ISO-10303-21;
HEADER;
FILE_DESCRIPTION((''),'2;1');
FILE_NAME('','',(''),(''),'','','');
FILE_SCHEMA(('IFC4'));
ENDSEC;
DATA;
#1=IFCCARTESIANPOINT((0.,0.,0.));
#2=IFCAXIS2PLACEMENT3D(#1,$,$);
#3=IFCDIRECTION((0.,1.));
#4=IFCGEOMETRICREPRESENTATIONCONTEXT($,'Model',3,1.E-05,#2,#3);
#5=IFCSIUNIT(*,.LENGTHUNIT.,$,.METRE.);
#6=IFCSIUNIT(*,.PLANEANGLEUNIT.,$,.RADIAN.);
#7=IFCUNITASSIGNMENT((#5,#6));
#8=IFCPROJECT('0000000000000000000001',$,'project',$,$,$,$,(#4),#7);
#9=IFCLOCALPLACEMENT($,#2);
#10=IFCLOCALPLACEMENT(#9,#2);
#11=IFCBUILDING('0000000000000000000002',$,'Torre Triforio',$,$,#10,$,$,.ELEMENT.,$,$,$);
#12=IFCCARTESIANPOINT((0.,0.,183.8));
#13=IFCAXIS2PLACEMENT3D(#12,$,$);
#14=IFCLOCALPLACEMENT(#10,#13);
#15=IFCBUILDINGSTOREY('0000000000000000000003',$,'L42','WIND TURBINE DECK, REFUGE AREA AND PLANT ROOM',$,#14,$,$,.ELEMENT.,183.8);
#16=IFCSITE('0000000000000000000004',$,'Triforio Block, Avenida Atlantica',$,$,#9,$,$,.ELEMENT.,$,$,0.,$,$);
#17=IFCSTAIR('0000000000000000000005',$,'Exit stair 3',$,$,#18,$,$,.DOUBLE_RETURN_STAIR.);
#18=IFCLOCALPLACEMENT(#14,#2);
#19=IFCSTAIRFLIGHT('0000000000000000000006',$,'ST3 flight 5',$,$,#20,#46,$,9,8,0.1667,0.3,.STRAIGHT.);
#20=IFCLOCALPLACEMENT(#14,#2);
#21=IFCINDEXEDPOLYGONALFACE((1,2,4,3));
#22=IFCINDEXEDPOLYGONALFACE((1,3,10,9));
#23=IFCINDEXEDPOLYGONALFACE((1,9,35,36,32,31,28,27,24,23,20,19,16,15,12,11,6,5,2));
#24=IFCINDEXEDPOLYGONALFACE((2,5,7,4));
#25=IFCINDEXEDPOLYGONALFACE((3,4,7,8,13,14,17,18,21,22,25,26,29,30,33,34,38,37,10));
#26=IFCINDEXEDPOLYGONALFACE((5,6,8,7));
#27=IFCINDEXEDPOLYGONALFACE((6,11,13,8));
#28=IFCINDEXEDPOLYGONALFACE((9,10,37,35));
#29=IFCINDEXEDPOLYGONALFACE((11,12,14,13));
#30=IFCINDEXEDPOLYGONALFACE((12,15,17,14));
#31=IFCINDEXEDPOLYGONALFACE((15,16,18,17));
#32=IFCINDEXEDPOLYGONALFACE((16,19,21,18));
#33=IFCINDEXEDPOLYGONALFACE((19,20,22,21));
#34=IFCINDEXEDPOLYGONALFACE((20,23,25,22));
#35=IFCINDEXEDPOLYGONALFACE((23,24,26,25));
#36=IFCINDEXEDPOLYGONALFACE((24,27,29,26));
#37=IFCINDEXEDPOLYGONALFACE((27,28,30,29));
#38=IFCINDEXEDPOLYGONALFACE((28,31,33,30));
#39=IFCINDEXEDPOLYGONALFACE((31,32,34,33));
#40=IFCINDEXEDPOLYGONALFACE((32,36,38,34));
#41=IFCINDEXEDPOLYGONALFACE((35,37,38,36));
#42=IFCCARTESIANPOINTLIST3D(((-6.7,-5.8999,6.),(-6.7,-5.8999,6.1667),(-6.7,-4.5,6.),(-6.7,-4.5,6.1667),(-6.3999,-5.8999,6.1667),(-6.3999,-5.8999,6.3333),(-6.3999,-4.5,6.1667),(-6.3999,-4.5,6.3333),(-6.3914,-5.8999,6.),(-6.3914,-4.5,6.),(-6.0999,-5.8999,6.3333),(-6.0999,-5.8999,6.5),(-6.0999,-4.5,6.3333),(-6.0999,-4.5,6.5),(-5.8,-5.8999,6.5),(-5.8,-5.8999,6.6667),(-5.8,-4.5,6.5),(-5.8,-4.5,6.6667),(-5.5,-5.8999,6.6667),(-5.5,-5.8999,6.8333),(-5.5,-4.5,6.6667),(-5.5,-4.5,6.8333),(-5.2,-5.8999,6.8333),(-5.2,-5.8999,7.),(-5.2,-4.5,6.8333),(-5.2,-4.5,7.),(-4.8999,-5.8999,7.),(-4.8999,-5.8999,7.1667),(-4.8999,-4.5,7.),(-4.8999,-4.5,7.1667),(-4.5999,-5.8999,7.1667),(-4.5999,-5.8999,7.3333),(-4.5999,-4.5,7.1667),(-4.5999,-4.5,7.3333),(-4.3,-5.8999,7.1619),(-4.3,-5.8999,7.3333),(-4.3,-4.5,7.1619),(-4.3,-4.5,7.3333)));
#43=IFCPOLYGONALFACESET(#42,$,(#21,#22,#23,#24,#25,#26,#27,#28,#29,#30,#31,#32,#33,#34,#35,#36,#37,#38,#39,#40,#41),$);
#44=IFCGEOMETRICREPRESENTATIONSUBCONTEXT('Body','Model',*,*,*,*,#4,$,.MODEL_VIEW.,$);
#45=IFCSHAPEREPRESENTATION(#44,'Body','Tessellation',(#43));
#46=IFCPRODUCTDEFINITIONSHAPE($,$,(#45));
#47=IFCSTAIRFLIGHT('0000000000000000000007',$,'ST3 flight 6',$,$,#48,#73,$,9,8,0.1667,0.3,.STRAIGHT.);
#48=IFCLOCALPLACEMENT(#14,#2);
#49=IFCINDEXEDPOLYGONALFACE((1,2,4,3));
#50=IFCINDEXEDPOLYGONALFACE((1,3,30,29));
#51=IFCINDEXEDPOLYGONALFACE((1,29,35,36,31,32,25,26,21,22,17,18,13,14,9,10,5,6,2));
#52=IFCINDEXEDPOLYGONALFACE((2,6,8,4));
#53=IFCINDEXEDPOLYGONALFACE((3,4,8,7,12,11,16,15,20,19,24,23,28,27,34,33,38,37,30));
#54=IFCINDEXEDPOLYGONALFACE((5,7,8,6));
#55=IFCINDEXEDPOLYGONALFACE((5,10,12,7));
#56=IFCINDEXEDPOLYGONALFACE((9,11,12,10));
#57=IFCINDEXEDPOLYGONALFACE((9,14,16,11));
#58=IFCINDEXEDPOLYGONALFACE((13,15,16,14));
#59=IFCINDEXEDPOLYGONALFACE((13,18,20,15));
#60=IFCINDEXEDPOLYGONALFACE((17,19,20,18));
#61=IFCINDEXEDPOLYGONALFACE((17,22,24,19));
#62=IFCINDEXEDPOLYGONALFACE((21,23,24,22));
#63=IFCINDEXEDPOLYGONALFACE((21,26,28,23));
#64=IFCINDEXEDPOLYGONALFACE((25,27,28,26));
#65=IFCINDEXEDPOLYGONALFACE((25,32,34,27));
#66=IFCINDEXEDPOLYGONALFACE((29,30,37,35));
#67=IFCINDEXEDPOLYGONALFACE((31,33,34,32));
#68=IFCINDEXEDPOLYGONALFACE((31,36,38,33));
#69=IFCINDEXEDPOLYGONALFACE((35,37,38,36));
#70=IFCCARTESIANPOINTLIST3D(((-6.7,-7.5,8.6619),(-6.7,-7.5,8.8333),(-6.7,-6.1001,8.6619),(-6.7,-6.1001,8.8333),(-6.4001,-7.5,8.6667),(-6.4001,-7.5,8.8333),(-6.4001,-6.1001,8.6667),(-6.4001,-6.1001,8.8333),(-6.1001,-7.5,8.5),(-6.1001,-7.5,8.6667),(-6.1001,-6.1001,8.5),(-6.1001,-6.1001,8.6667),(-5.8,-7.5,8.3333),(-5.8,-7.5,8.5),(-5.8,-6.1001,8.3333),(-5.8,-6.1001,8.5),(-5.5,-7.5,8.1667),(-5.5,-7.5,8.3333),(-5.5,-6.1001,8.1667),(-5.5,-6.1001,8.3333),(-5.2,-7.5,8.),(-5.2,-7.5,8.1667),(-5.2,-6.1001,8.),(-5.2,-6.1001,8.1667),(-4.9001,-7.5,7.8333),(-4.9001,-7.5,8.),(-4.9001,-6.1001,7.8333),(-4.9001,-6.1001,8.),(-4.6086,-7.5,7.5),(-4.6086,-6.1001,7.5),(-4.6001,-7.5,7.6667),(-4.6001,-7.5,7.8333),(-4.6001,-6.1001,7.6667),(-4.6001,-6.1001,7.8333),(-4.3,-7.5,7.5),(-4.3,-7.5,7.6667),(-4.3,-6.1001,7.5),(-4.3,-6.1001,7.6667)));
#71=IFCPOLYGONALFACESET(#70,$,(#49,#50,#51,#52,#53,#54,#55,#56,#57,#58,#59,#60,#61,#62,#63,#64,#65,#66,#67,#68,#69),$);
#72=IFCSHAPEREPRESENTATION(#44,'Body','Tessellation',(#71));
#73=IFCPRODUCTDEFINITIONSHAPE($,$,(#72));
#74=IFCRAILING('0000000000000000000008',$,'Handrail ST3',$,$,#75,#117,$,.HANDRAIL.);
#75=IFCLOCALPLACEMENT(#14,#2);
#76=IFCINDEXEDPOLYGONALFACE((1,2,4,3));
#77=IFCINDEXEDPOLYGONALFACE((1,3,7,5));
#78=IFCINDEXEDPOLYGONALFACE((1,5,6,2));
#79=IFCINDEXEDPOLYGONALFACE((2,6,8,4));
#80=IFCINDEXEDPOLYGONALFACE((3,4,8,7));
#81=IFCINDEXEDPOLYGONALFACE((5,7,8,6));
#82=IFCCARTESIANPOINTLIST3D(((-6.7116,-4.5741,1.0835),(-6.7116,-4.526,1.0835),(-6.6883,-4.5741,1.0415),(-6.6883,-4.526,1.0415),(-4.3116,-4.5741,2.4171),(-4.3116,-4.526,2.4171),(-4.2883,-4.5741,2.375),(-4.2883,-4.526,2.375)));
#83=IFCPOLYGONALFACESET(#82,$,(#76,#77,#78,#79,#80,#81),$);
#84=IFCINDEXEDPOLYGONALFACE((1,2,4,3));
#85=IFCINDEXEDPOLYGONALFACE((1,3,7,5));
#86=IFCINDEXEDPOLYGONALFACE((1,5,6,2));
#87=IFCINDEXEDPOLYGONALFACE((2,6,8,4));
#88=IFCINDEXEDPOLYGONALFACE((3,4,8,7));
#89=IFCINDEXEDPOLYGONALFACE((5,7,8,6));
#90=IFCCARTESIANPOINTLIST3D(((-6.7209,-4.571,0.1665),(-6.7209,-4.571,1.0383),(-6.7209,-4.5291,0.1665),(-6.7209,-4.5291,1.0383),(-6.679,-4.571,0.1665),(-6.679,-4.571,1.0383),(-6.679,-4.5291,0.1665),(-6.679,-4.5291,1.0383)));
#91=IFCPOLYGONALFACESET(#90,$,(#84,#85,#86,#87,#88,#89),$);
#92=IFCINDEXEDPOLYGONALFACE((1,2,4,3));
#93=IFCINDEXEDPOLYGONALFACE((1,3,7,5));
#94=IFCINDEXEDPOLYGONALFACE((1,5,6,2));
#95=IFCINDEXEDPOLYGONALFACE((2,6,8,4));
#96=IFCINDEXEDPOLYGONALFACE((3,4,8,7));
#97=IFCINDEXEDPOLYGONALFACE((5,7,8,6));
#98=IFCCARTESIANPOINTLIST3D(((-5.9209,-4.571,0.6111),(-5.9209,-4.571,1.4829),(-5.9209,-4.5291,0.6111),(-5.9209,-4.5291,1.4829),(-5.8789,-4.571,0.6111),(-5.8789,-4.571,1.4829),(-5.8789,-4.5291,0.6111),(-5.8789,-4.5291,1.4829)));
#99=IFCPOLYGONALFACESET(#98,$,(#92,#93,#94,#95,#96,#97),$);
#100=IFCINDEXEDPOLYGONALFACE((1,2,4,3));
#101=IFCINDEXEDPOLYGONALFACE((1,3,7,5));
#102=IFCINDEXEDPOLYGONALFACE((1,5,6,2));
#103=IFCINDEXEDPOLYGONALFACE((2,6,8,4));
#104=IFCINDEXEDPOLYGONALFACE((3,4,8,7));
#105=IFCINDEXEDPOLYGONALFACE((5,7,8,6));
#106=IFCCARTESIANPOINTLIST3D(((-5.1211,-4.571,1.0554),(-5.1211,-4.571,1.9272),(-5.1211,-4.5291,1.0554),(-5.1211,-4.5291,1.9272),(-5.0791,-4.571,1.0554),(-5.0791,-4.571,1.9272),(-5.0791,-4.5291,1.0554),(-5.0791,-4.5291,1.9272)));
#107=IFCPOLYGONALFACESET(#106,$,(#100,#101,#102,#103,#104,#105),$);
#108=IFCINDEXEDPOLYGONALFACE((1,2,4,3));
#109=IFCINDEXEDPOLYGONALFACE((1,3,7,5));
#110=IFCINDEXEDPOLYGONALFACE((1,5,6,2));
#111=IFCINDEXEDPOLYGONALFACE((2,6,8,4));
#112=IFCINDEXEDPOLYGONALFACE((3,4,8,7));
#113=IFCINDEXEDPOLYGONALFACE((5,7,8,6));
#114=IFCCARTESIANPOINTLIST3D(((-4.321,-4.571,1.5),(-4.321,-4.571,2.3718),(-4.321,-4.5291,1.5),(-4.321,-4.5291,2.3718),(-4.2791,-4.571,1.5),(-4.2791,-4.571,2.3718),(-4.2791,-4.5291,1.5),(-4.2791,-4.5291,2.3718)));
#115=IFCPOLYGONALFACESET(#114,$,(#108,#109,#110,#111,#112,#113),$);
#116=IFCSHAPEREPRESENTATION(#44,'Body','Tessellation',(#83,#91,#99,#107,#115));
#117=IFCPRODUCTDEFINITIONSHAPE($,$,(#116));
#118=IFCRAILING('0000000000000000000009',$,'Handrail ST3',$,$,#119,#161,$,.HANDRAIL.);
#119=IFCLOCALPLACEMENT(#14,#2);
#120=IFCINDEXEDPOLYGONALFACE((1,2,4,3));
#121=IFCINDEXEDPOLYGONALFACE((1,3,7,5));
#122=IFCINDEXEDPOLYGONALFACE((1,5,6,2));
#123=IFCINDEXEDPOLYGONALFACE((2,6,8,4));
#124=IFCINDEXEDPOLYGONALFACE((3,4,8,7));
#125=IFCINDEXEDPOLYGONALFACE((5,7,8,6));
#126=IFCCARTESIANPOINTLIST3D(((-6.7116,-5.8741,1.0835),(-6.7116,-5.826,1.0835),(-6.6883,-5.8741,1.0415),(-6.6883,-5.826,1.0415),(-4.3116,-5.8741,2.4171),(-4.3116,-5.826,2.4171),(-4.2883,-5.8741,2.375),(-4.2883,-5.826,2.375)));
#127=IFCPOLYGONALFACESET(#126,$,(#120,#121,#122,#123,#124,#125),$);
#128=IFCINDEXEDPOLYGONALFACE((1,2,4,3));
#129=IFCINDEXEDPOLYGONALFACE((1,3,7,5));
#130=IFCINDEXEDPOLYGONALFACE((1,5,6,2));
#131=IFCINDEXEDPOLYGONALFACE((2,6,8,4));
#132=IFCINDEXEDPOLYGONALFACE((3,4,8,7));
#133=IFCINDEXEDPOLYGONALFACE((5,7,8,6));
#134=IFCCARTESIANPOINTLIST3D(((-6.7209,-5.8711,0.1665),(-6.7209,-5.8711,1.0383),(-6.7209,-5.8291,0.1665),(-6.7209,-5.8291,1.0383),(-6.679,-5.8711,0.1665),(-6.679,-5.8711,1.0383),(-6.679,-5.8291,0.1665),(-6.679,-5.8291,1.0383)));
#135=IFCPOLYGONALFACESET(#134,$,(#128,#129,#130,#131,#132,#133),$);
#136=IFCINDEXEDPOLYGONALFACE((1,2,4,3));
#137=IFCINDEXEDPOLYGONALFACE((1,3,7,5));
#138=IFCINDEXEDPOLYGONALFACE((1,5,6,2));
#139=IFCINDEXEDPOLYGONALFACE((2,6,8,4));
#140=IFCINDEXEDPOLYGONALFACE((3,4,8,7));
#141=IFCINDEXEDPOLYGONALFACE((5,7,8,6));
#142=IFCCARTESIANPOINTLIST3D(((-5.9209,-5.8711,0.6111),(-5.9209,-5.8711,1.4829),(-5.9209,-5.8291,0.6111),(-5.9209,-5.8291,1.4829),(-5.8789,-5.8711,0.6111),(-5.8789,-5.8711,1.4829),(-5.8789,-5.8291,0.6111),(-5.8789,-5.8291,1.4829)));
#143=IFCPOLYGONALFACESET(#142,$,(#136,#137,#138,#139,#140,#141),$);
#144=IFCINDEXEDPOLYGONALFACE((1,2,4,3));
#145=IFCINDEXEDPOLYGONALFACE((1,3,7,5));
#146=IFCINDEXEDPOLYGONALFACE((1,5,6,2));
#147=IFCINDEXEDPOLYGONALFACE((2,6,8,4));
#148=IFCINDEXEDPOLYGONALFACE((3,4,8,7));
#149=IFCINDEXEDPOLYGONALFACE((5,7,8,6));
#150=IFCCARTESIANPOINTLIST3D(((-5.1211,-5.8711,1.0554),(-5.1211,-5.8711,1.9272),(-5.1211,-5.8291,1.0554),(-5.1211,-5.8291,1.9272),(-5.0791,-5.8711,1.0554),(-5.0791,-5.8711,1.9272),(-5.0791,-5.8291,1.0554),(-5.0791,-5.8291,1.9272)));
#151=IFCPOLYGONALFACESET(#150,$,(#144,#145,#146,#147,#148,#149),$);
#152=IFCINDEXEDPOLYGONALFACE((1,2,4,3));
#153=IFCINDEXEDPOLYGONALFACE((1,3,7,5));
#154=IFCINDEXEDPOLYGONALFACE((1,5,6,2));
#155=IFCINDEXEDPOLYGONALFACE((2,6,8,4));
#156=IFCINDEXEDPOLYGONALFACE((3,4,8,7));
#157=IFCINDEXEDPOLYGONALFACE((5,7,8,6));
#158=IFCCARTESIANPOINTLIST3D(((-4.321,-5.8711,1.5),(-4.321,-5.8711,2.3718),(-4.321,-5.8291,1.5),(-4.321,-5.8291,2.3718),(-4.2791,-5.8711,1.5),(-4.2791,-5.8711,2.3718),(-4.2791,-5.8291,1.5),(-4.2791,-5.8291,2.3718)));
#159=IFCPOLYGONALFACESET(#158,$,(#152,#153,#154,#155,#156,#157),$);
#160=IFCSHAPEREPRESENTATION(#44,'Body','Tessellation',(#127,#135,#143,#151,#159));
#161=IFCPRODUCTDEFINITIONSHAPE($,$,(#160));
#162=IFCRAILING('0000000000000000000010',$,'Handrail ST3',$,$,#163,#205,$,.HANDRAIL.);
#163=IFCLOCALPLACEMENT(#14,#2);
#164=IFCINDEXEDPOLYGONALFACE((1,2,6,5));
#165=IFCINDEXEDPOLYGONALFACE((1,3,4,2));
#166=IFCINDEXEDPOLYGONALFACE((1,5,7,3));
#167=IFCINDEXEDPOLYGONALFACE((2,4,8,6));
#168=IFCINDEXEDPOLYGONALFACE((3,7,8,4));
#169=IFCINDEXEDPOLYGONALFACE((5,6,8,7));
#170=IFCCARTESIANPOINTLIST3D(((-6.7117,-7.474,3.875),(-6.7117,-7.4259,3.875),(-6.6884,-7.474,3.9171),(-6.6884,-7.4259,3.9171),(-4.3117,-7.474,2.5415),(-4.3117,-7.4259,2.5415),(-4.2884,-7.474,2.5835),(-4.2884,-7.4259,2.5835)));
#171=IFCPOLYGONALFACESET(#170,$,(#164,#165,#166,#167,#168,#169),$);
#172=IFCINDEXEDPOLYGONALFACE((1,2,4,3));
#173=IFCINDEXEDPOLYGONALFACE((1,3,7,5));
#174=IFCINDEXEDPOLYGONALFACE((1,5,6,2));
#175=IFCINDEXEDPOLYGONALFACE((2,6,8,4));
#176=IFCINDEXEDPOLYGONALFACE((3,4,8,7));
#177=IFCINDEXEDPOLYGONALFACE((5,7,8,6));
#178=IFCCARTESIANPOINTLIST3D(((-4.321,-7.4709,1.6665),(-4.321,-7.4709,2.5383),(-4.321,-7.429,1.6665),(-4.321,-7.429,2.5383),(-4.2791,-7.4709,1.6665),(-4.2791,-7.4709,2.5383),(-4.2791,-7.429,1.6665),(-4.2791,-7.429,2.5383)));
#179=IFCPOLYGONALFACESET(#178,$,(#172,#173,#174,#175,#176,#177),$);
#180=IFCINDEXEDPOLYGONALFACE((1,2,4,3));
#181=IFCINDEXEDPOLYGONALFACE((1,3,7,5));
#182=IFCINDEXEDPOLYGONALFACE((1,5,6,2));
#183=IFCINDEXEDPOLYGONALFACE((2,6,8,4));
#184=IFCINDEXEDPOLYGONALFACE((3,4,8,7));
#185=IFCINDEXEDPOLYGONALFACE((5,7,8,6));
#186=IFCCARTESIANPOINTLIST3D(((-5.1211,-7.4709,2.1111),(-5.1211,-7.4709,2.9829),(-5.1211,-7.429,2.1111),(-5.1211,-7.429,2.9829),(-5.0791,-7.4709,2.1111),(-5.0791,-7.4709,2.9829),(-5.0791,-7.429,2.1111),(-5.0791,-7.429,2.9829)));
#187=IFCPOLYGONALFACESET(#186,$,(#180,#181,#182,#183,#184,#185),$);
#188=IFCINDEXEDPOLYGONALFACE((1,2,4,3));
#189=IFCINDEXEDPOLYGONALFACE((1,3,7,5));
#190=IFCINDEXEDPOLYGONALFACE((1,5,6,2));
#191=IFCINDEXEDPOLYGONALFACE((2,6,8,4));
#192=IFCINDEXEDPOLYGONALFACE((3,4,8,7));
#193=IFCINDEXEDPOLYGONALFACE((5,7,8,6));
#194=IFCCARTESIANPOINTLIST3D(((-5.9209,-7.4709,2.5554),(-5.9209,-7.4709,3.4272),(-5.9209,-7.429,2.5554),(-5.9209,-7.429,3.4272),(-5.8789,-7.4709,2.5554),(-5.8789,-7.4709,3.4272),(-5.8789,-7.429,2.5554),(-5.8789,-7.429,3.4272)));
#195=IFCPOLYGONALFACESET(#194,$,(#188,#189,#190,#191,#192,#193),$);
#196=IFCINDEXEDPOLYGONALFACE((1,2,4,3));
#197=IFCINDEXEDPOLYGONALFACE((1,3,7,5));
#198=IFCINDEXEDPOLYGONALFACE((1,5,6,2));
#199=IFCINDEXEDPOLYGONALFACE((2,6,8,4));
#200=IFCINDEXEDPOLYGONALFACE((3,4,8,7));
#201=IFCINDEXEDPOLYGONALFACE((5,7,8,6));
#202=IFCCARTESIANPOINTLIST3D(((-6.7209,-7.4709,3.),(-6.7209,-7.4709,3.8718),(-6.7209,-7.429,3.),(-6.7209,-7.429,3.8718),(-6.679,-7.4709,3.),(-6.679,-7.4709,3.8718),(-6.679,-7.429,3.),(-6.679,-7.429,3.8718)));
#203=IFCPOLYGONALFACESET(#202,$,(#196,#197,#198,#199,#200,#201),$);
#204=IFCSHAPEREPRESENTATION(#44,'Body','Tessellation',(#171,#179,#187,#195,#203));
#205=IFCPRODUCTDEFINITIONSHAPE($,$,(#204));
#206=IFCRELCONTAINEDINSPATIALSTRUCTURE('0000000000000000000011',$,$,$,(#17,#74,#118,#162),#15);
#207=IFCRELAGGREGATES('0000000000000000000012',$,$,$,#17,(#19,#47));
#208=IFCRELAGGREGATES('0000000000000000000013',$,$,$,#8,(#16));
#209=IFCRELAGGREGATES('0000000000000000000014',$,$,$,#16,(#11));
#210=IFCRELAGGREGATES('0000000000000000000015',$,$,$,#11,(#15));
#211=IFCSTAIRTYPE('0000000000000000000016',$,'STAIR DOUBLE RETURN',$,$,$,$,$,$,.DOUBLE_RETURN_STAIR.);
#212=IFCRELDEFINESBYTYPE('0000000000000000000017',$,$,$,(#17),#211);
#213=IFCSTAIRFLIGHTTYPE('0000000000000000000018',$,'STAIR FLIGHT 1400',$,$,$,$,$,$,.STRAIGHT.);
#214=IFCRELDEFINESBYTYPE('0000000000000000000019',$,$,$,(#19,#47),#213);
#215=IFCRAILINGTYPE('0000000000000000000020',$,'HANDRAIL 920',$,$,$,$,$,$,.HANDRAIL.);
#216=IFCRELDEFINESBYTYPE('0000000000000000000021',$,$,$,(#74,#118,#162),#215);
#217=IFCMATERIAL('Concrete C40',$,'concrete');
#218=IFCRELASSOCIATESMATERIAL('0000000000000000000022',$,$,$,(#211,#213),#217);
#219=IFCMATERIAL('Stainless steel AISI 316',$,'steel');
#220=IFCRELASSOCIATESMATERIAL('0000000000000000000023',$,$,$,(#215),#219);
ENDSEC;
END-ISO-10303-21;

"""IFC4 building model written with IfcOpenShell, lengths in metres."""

from ifc_helpers import new_model, si_unit, direction, frame, origin, origin_2d, place, context, subcontext, project, spatial, polyline, rectangle, outline, extrude, material, type_object, element, aggregate, save


model = new_model("IFC4")

# Units and contexts
model_context = context("Model", 3, precision=1e-05, world=origin(), true_north=direction((0.0, 1.0)))
body_context = subcontext(model_context, "Body", "Model", "MODEL_VIEW")
ifc_project = project(units=[si_unit("LENGTHUNIT", "METRE"), si_unit("PLANEANGLEUNIT", "RADIAN")], contexts=[model_context])

# Site, building, storey
site_placement = place(None, origin())
site = spatial("IfcSite", under=ifc_project, at=site_placement, Name="Triforio Block, Avenida Atlantica", CompositionType="ELEMENT", RefElevation=0.0)
building_placement = place(site_placement, origin())
building = spatial("IfcBuilding", under=site, at=building_placement, Name="Torre Triforio", CompositionType="ELEMENT")
storey_placement = place(building_placement, frame((0.0, 0.0, 183.8)))
storey = spatial("IfcBuildingStorey", under=building, at=storey_placement, Name="L42", Description="WIND TURBINE DECK, REFUGE AREA AND PLANT ROOM", CompositionType="ELEMENT", Elevation=183.8)

# Shared definitions
ifc_material_1 = material(Name="Concrete C40", Category="concrete")

# Stair, stair flights
stair_type = type_object("IfcStairType", Name="STAIR DOUBLE RETURN", PredefinedType="DOUBLE_RETURN_STAIR", material=ifc_material_1)
stair_placement = place(storey_placement, origin())
stair = element("IfcStair", 1, at=stair_placement, inside=storey, type_object=stair_type, Name="Exit stair 3", PredefinedType="DOUBLE_RETURN_STAIR")
stair_flight_type = type_object("IfcStairFlightType", Name="STAIR FLIGHT 1400", PredefinedType="STRAIGHT", material=ifc_material_1)
stair_flight_1_placement = place(storey_placement, frame((-6.7, -5.2, 6.0), z_axis=(0.0, 0.0, 1.0), x_axis=(1.0, 0.0, 0.0)))
stair_flight_1 = element("IfcStairFlight", 2, at=stair_flight_1_placement, type_object=stair_flight_type, Name="ST3 flight 5", NumberOfRisers=9, NumberOfTreads=8, PredefinedType="STRAIGHT", RiserHeight=0.1667, TreadLength=0.3, context=body_context, shape_type="SweptSolid", body=[
    extrude(outline(polyline([(0.0, 0.0), (0.0, 0.1667), (0.3, 0.1667), (0.3, 0.3333), (0.6001, 0.3333), (0.6001, 0.5), (0.8999, 0.5), (0.8999, 0.6667), (1.2, 0.6667), (1.2, 0.8333), (1.5, 0.8333), (1.5, 1.0), (1.8, 1.0), (1.8, 1.1667), (2.1001, 1.1667), (2.1001, 1.3333), (2.3999, 1.3333), (2.3999, 1.5), (2.3999, 1.1619), (0.3086, 0.0), (0.0, 0.0)])), frame((0.0, 0.7, 0.0), z_axis=(0.0, -1.0, 0.0), x_axis=(1.0, 0.0, 0.0)), (0.0, 0.0, 1.0), 1.3999),
])
stair_flight_2_placement = place(storey_placement, frame((-4.3, -6.8, 7.5), z_axis=(0.0, 0.0, 1.0), x_axis=(-1.0, 0.0, 0.0)))
stair_flight_2 = element("IfcStairFlight", 3, at=stair_flight_2_placement, type_object=stair_flight_type, Name="ST3 flight 6", NumberOfRisers=9, NumberOfTreads=8, PredefinedType="STRAIGHT", RiserHeight=0.1667, TreadLength=0.3, context=body_context, shape_type="SweptSolid", body=[
    extrude(outline(polyline([(0.0, 0.0), (0.0, 0.1667), (0.3, 0.1667), (0.3, 0.3333), (0.6001, 0.3333), (0.6001, 0.5), (0.8999, 0.5), (0.8999, 0.6667), (1.2, 0.6667), (1.2, 0.8333), (1.5, 0.8333), (1.5, 1.0), (1.8, 1.0), (1.8, 1.1667), (2.1001, 1.1667), (2.1001, 1.3333), (2.3999, 1.3333), (2.3999, 1.5), (2.3999, 1.1619), (0.3086, 0.0), (0.0, 0.0)])), frame((0.0, 0.7, 0.0), z_axis=(0.0, -1.0, 0.0), x_axis=(1.0, 0.0, 0.0)), (0.0, 0.0, 1.0), 1.3999),
])
aggregate(stair, [stair_flight_1, stair_flight_2])

# Railings
ifc_material_2 = material(Name="Stainless steel AISI 316", Category="steel")
railing_type = type_object("IfcRailingType", Name="HANDRAIL 920", PredefinedType="HANDRAIL", material=ifc_material_2)
for number, where, name in (
    (4, (-6.7, -4.55, 0.1665), "Handrail ST3"),
    (5, (-6.7, -5.8501, 0.1665), "Handrail ST3"),
):
    element("IfcRailing", number, at=place(storey_placement, frame(where)), inside=storey, type_object=railing_type, Name=name, PredefinedType="HANDRAIL", context=body_context, shape_type="SweptSolid", body=[
        extrude(rectangle(XDim=0.0481, YDim=0.0481, at=origin_2d()), frame((0.0, 0.0, 0.896), z_axis=(0.874124, 0.0, 0.485703), x_axis=(0.0, 1.0, 0.0)), (0.0, 0.0, 1.0), 2.7456),
        extrude(rectangle(XDim=0.042, YDim=0.042, at=origin_2d()), origin(), (0.0, 0.0, 1.0), 0.8718),
        extrude(rectangle(XDim=0.042, YDim=0.042, at=origin_2d()), frame((0.8, 0.0, 0.4446)), (0.0, 0.0, 1.0), 0.8718),
        extrude(rectangle(XDim=0.042, YDim=0.042, at=origin_2d()), frame((1.5999, 0.0, 0.8889)), (0.0, 0.0, 1.0), 0.8718),
        extrude(rectangle(XDim=0.042, YDim=0.042, at=origin_2d()), frame((2.3999, 0.0, 1.3335)), (0.0, 0.0, 1.0), 0.8718),
    ])
for number, where, name in (
    (6, (-4.3, -7.45, 1.6665), "Handrail ST3"),
):
    element("IfcRailing", number, at=place(storey_placement, frame(where)), inside=storey, type_object=railing_type, Name=name, PredefinedType="HANDRAIL", context=body_context, shape_type="SweptSolid", body=[
        extrude(rectangle(XDim=0.0481, YDim=0.0481, at=origin_2d()), frame((0.0, 0.0, 0.896), z_axis=(-0.874124, 0.0, 0.485703), x_axis=(0.0, -1.0, 0.0)), (0.0, 0.0, 1.0), 2.7456),
        extrude(rectangle(XDim=0.042, YDim=0.042, at=origin_2d()), origin(), (0.0, 0.0, 1.0), 0.8718),
        extrude(rectangle(XDim=0.042, YDim=0.042, at=origin_2d()), frame((-0.8, 0.0, 0.4446)), (0.0, 0.0, 1.0), 0.8718),
        extrude(rectangle(XDim=0.042, YDim=0.042, at=origin_2d()), frame((-1.5999, 0.0, 0.8889)), (0.0, 0.0, 1.0), 0.8718),
        extrude(rectangle(XDim=0.042, YDim=0.042, at=origin_2d()), frame((-2.3999, 0.0, 1.3335)), (0.0, 0.0, 1.0), 0.8718),
    ])

save(model, "model.ifc")
